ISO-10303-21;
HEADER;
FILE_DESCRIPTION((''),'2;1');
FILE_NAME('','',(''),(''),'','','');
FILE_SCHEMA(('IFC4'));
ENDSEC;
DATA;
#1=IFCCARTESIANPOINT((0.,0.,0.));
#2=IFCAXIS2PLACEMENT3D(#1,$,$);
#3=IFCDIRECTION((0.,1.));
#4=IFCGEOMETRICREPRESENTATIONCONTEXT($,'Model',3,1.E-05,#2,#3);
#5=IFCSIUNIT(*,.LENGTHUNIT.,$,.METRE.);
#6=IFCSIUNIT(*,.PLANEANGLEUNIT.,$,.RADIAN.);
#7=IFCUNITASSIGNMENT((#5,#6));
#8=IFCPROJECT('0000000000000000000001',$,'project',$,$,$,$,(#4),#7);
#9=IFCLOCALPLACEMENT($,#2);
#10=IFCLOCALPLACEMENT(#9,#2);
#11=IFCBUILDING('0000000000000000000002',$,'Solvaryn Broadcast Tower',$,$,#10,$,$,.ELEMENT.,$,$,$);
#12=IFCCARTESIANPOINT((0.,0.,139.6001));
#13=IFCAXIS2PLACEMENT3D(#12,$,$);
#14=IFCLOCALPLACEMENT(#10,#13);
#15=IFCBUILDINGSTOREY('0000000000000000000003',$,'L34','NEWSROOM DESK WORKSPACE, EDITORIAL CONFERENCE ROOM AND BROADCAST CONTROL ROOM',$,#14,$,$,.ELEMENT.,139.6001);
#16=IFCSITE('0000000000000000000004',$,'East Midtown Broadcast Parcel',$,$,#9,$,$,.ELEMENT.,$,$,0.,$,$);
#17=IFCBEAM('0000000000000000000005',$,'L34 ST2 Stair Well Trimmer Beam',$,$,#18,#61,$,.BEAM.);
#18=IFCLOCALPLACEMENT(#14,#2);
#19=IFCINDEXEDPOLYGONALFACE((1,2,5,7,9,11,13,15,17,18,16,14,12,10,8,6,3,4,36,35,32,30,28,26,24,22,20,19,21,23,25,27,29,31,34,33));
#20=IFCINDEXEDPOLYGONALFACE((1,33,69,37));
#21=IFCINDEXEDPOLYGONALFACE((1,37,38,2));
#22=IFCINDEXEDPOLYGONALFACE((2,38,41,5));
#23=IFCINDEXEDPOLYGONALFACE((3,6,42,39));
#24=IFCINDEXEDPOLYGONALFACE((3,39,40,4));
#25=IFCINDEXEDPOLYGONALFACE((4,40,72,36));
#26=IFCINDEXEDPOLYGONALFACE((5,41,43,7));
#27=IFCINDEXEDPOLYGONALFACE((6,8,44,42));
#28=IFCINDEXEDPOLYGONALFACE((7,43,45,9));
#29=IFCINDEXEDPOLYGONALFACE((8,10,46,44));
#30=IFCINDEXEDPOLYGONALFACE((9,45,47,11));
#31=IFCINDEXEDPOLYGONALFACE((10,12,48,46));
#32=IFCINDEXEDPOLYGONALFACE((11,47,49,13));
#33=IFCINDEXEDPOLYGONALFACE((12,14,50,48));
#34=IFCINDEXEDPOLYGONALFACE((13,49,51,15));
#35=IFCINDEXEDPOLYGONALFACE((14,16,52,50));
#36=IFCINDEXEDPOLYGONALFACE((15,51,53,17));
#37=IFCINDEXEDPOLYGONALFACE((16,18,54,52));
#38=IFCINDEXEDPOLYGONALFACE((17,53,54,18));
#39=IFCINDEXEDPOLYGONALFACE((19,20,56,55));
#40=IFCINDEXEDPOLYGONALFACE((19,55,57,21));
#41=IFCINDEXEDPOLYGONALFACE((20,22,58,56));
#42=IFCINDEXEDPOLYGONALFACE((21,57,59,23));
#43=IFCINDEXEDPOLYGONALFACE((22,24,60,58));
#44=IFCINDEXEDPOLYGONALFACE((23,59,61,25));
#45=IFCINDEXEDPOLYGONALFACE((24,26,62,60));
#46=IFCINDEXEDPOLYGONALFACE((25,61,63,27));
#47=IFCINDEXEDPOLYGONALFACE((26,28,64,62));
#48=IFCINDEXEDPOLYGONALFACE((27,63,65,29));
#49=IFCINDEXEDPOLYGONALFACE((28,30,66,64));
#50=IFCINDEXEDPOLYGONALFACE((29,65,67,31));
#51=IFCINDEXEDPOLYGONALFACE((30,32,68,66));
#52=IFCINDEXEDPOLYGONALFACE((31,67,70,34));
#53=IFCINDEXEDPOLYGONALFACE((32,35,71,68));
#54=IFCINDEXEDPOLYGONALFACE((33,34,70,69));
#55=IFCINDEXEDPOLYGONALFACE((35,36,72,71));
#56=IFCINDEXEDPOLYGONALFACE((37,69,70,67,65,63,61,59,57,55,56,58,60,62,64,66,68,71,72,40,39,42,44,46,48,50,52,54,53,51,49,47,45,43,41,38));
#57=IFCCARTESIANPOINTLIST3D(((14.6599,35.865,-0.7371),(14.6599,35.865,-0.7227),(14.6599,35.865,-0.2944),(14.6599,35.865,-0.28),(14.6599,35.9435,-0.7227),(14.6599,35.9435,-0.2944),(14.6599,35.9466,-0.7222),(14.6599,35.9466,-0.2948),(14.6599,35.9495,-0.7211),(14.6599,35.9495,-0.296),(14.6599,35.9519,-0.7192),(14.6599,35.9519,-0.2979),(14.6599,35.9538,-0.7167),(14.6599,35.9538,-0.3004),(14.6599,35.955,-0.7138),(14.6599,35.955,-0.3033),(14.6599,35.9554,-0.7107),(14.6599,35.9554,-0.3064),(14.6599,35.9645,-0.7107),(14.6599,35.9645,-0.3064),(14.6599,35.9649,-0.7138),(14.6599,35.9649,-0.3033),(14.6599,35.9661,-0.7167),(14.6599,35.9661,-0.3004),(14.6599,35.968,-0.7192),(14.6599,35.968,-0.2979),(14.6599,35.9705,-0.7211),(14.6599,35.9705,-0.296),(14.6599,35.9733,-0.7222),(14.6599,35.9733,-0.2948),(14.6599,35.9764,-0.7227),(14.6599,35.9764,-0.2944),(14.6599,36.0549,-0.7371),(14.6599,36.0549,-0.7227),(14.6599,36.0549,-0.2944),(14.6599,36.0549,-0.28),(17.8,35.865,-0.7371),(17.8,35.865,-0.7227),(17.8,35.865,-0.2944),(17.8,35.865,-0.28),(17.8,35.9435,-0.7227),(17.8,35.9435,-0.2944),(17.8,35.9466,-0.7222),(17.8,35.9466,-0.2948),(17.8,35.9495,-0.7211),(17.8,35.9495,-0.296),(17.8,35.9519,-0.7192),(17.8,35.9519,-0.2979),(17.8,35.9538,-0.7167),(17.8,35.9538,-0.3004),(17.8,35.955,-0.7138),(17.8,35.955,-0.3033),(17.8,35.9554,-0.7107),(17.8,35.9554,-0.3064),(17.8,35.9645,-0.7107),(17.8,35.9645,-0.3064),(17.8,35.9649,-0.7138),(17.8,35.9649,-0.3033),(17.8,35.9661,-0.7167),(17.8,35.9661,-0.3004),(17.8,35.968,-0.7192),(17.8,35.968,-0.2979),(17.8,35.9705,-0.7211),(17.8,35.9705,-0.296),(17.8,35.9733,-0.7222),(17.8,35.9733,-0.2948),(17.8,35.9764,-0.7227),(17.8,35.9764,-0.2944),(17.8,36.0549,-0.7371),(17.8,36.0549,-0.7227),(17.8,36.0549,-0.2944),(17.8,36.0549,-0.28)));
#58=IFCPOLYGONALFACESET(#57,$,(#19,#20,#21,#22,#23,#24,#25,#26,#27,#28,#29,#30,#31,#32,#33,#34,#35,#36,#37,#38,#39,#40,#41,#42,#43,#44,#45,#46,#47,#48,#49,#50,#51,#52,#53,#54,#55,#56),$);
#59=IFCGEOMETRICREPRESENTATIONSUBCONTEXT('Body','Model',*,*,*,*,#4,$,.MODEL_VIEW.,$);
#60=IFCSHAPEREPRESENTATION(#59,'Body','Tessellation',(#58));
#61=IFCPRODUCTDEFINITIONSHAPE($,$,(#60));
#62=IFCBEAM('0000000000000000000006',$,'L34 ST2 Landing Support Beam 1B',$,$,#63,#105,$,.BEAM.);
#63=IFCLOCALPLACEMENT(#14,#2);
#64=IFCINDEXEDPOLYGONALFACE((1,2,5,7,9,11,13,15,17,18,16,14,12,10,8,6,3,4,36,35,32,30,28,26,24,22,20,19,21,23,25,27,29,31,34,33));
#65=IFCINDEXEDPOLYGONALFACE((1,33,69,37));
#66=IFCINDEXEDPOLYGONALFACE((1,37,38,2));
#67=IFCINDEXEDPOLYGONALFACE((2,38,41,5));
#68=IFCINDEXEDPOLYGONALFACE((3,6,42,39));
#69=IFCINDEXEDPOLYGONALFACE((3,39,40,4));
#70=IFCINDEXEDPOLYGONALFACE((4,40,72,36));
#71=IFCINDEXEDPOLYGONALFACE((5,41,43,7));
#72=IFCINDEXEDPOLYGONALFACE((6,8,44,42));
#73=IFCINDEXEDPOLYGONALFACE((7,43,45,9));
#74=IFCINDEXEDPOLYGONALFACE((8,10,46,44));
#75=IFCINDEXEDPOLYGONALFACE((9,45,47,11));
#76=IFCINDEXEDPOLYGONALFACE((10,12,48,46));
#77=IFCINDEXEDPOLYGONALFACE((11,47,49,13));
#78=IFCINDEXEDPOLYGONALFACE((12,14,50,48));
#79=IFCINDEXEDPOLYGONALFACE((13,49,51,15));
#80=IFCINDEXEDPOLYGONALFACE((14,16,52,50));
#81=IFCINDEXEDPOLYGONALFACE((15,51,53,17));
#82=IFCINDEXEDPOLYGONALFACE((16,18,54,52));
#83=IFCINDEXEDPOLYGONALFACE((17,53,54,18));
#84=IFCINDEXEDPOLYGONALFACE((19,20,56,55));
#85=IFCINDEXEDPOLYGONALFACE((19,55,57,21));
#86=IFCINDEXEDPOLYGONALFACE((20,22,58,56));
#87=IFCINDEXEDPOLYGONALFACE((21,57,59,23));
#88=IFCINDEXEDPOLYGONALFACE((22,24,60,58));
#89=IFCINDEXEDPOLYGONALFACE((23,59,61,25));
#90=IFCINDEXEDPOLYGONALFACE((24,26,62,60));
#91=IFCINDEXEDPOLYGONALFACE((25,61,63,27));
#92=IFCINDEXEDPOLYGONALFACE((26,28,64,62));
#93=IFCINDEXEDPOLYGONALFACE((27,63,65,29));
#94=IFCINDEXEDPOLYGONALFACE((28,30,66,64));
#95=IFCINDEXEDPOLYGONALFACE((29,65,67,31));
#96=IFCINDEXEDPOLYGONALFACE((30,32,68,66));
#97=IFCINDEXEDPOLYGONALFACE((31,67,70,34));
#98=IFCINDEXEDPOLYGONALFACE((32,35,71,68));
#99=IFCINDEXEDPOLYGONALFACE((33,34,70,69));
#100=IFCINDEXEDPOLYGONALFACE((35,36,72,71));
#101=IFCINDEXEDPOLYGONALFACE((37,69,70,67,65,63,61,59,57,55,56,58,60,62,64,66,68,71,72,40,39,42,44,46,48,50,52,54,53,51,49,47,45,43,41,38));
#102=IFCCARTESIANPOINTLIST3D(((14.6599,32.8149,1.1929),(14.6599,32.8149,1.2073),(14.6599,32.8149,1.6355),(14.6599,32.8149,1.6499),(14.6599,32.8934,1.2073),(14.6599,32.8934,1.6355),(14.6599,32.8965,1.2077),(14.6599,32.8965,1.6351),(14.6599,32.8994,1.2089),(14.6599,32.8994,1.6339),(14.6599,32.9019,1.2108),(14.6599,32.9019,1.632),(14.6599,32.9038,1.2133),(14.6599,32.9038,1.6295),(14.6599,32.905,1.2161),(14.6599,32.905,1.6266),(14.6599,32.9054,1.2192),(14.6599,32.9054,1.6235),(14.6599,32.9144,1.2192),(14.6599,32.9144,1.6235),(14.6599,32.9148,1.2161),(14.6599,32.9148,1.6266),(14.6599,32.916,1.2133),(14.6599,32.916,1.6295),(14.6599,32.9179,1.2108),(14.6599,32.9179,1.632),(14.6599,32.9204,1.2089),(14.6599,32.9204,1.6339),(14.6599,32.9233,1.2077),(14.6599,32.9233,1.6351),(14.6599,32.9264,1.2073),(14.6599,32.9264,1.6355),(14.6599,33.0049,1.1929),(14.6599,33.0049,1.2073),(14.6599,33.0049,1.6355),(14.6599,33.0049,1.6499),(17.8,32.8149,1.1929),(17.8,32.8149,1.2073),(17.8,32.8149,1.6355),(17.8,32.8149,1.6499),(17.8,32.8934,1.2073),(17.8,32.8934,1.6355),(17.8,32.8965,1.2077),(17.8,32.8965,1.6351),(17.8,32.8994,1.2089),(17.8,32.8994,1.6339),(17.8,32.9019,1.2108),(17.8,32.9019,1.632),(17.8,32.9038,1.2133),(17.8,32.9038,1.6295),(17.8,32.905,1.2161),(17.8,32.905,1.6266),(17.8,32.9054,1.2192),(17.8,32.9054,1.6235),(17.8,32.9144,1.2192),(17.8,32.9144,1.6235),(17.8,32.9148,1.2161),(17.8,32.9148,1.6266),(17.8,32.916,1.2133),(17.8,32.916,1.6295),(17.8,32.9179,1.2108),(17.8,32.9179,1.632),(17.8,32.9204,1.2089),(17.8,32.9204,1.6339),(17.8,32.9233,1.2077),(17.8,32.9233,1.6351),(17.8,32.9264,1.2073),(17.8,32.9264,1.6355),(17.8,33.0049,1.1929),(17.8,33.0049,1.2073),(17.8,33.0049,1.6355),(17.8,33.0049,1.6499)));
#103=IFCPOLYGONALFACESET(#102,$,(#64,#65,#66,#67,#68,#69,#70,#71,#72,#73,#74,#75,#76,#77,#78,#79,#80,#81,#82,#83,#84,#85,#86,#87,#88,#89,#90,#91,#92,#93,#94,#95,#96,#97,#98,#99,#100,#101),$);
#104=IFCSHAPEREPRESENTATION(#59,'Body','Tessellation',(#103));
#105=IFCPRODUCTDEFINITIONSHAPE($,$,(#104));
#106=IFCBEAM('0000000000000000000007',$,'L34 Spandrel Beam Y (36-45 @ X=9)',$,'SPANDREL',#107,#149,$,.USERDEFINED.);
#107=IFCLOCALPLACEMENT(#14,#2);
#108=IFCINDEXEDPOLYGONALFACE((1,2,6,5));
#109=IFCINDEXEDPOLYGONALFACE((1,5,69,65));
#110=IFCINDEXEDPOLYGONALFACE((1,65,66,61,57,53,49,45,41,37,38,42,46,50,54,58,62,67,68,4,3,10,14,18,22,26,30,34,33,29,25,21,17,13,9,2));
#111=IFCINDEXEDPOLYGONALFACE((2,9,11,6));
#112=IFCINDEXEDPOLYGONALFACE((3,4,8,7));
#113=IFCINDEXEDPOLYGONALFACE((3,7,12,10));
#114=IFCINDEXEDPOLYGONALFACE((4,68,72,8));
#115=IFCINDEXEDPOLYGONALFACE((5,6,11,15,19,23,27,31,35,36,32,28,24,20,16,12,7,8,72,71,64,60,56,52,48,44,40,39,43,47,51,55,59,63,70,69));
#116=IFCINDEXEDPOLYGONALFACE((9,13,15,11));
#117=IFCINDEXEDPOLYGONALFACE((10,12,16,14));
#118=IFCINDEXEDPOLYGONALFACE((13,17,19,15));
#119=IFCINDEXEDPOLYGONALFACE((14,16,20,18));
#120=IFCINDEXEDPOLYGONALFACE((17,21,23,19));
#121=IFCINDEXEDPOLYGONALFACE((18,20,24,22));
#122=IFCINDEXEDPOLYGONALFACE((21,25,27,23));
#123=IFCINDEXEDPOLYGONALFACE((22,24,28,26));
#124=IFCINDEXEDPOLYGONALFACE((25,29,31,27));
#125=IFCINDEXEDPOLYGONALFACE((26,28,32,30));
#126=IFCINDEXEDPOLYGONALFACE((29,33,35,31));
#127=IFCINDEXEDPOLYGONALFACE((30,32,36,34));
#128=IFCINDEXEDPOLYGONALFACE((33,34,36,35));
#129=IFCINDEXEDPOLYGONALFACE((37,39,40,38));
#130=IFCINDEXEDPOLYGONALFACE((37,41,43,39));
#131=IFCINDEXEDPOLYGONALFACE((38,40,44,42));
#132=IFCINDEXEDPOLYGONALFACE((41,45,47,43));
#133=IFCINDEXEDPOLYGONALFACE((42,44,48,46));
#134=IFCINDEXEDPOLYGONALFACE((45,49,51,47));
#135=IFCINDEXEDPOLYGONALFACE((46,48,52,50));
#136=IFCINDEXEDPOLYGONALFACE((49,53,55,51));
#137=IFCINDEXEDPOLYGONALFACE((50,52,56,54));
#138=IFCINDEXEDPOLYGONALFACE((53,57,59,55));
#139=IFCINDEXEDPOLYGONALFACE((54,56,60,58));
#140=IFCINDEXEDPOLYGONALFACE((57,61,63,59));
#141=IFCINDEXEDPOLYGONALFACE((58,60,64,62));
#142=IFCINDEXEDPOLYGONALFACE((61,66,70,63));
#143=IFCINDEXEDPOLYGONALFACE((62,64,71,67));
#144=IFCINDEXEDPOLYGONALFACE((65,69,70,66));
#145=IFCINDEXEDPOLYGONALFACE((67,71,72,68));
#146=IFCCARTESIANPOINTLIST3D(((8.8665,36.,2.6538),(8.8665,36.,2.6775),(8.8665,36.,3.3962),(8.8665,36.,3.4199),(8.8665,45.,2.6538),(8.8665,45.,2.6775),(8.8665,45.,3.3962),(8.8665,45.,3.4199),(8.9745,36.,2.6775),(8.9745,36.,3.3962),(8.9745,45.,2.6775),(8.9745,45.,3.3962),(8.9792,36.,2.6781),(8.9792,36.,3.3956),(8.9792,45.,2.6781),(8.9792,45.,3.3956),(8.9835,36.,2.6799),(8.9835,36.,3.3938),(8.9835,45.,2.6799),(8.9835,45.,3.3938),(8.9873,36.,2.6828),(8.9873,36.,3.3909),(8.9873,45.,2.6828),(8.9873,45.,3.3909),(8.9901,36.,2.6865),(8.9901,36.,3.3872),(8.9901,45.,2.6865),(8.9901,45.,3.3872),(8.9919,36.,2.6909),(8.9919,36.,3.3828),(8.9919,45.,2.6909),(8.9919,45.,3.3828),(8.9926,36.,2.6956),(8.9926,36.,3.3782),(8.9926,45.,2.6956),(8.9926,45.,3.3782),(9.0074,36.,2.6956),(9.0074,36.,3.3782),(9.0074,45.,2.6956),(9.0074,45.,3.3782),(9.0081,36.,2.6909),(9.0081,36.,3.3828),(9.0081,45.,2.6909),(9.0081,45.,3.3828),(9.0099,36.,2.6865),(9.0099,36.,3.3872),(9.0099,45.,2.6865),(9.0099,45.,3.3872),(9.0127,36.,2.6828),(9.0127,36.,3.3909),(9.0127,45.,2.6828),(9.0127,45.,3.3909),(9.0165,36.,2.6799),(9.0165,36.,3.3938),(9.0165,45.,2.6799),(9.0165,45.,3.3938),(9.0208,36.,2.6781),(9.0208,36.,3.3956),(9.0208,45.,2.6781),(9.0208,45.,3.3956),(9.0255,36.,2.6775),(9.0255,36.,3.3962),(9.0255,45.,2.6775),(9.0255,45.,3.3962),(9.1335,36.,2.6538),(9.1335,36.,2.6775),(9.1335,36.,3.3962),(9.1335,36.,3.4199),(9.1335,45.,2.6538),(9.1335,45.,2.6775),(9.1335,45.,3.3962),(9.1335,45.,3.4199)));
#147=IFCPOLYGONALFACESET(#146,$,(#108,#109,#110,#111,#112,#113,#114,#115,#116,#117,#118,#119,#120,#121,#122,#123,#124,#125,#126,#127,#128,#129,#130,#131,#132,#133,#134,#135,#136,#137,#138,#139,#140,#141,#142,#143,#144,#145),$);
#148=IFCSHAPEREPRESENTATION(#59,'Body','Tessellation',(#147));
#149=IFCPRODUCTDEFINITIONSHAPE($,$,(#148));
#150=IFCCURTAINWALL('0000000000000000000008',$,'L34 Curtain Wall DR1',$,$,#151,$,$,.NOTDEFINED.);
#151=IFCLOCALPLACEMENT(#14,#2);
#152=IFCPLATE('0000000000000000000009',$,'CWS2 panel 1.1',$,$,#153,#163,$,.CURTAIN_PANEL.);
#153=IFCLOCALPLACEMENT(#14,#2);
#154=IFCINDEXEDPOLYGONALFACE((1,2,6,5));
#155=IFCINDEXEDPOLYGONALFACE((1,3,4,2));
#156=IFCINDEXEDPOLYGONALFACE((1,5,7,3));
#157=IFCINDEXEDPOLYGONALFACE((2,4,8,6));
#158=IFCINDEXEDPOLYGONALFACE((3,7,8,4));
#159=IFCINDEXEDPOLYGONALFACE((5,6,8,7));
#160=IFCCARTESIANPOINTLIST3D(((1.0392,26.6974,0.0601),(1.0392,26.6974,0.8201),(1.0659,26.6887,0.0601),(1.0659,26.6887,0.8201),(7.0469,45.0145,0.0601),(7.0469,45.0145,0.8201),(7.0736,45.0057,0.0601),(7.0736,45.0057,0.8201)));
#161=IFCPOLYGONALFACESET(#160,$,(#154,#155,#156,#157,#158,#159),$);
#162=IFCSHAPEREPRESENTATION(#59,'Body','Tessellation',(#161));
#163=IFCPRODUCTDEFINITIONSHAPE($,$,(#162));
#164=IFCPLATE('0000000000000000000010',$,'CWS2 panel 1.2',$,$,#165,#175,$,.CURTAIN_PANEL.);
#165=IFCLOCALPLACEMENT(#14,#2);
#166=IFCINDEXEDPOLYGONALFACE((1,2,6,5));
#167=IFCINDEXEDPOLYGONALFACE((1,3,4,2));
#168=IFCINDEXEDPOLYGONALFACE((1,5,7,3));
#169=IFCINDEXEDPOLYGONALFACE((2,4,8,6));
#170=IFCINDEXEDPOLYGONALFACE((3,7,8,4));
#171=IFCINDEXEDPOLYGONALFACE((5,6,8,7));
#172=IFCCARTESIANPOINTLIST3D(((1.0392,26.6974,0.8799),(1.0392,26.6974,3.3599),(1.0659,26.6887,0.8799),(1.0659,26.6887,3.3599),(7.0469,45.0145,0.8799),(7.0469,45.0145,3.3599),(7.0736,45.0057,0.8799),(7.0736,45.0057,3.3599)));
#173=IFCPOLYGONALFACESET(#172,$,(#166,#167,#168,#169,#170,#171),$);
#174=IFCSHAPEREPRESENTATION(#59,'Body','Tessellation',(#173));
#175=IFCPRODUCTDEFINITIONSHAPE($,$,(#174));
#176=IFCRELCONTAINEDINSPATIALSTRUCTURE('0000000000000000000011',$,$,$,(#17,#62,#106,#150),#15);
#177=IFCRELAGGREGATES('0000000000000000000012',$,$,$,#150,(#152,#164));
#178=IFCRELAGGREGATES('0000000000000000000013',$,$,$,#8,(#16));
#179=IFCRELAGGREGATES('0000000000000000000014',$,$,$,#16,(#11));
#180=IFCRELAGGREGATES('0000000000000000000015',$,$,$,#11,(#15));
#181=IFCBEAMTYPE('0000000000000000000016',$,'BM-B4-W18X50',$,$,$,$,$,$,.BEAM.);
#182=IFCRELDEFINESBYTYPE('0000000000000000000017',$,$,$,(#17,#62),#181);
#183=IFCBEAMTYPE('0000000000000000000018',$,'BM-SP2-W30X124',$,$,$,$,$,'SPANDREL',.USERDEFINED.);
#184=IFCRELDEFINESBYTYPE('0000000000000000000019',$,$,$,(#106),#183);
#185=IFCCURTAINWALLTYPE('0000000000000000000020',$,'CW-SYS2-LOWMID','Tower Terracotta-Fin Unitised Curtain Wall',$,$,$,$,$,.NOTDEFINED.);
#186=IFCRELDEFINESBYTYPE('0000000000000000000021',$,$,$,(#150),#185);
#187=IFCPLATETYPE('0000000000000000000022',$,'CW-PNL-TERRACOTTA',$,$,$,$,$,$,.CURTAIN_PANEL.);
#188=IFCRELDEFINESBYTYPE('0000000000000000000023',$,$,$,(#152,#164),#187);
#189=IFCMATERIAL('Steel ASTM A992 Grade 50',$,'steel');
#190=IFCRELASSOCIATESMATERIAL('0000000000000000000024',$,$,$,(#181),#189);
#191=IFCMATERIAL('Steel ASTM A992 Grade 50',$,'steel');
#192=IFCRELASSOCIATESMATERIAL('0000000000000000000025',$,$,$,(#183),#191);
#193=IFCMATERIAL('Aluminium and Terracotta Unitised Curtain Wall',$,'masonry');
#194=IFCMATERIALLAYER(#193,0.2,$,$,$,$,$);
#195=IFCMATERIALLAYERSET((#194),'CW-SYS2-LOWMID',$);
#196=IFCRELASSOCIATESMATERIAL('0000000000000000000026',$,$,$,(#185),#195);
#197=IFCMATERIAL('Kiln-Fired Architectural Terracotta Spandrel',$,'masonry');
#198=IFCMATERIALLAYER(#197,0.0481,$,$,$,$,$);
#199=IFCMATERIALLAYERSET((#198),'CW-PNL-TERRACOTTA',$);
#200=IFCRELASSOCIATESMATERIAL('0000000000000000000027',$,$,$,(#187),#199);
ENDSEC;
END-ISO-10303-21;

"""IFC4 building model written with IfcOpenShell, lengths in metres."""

from ifc_helpers import new_model, si_unit, direction, frame, origin, origin_2d, place, context, subcontext, project, spatial, rectangle, i_section, extrude, material, layer, layer_set, material_profile, profile_set, type_object, element, aggregate, save


model = new_model("IFC4")

# Units and contexts
model_context = context("Model", 3, precision=1e-05, world=origin(), true_north=direction((0.0, 1.0)))
body_context = subcontext(model_context, "Body", "Model", "MODEL_VIEW")
ifc_project = project(units=[si_unit("LENGTHUNIT", "METRE"), si_unit("PLANEANGLEUNIT", "RADIAN")], contexts=[model_context])

# Site, building, storey
site_placement = place(None, origin())
site = spatial("IfcSite", under=ifc_project, at=site_placement, Name="East Midtown Broadcast Parcel", CompositionType="ELEMENT", RefElevation=0.0)
building_placement = place(site_placement, origin())
building = spatial("IfcBuilding", under=site, at=building_placement, Name="Solvaryn Broadcast Tower", CompositionType="ELEMENT")
storey_placement = place(building_placement, frame((0.0, 0.0, 139.6001)))
storey = spatial("IfcBuildingStorey", under=building, at=storey_placement, Name="L34", Description="NEWSROOM DESK WORKSPACE, EDITORIAL CONFERENCE ROOM AND BROADCAST CONTROL ROOM", CompositionType="ELEMENT", Elevation=139.6001)

# Beams
ifc_material_1 = material(Name="Steel ASTM A992 Grade 50", Category="steel")
ifc_material_profile_1 = material_profile(ifc_material_1, i_section(OverallWidth=0.1899, OverallDepth=0.457, WebThickness=0.009, FlangeThickness=0.0144, FilletRadius=0.012, at=origin_2d()))
ifc_profile_set_1 = profile_set([ifc_material_profile_1], Name="Steel ASTM A992 Grade 50")
beam_type_1 = type_object("IfcBeamType", Name="BM-B4-W18X50", PredefinedType="BEAM", material=ifc_profile_set_1)
for number, where, z_axis, x_axis, name in (
    (1, (14.6599, 35.96, -0.5085), (1.0, 0.0, 0.0), (0.0, 1.0, 0.0), "L34 ST2 Stair Well Trimmer Beam"),
    (2, (14.6599, 32.9099, 1.4214), (1.0, 0.0, 0.0), (0.0, 1.0, 0.0), "L34 ST2 Landing Support Beam 1B"),
):
    element("IfcBeam", number, at=place(storey_placement, frame(where, z_axis=z_axis, x_axis=x_axis)), inside=storey, type_object=beam_type_1, Name=name, PredefinedType="BEAM", context=body_context, shape_type="SweptSolid", body=[
        extrude(i_section(OverallWidth=0.1899, OverallDepth=0.457, WebThickness=0.009, FlangeThickness=0.0144, FilletRadius=0.012, at=origin_2d()), origin(), (0.0, 0.0, 1.0), 3.1401),
    ])
ifc_material_2 = material(Name="Steel ASTM A992 Grade 50", Category="steel")
ifc_material_profile_2 = material_profile(ifc_material_2, i_section(OverallWidth=0.2671, OverallDepth=0.7661, WebThickness=0.0149, FlangeThickness=0.0237, FilletRadius=0.0181, at=origin_2d()))
ifc_profile_set_2 = profile_set([ifc_material_profile_2], Name="Steel ASTM A992 Grade 50")
beam_type_2 = type_object("IfcBeamType", Name="BM-SP2-W30X124", ElementType="SPANDREL", PredefinedType="USERDEFINED", material=ifc_profile_set_2)
beam_1_placement = place(storey_placement, frame((9.0, 36.0, 3.0369), z_axis=(0.0, 1.0, 0.0), x_axis=(-1.0, 0.0, 0.0)))
element("IfcBeam", 3, at=beam_1_placement, inside=storey, type_object=beam_type_2, Name="L34 Spandrel Beam Y (36-45 @ X=9)", ObjectType="SPANDREL", PredefinedType="USERDEFINED", context=body_context, shape_type="SweptSolid", body=[
    extrude(i_section(OverallWidth=0.2671, OverallDepth=0.7661, WebThickness=0.0149, FlangeThickness=0.0237, FilletRadius=0.0181, at=origin_2d()), origin(), (0.0, 0.0, 1.0), 9.0),
])

# Curtain wall, plates
ifc_material_3 = material(Name="Aluminium and Terracotta Unitised Curtain Wall", Category="masonry")
ifc_layer_1 = layer(ifc_material_3, 0.2)
ifc_layer_set_1 = layer_set([ifc_layer_1], Name="CW-SYS2-LOWMID")
curtain_wall_type = type_object("IfcCurtainWallType", Name="CW-SYS2-LOWMID", Description="Tower Terracotta-Fin Unitised Curtain Wall", PredefinedType="NOTDEFINED", material=ifc_layer_set_1)
curtain_wall_placement = place(storey_placement, origin())
curtain_wall = element("IfcCurtainWall", 4, at=curtain_wall_placement, inside=storey, type_object=curtain_wall_type, Name="L34 Curtain Wall DR1", PredefinedType="NOTDEFINED")
ifc_material_4 = material(Name="Kiln-Fired Architectural Terracotta Spandrel", Category="masonry")
ifc_layer_2 = layer(ifc_material_4, 0.0481)
ifc_layer_set_2 = layer_set([ifc_layer_2], Name="CW-PNL-TERRACOTTA")
plate_type = type_object("IfcPlateType", Name="CW-PNL-TERRACOTTA", PredefinedType="CURTAIN_PANEL", material=ifc_layer_set_2)
plate_1_placement = place(storey_placement, frame((4.0564, 35.8516, 0.0601), z_axis=(0.0, 0.0, 1.0), x_axis=(-0.311646, -0.950198, 0.0)))
plate_1 = element("IfcPlate", 5, at=plate_1_placement, type_object=plate_type, Name="CWS2 panel 1.1", PredefinedType="CURTAIN_PANEL", context=body_context, shape_type="SweptSolid", body=[
    extrude(rectangle(XDim=19.2771, YDim=0.0281, at=origin_2d()), origin(), (0.0, 0.0, 1.0), 0.76),
])
plate_2_placement = place(storey_placement, frame((4.0564, 35.8516, 0.8799), z_axis=(0.0, 0.0, 1.0), x_axis=(-0.311646, -0.950198, 0.0)))
plate_2 = element("IfcPlate", 6, at=plate_2_placement, type_object=plate_type, Name="CWS2 panel 1.2", PredefinedType="CURTAIN_PANEL", context=body_context, shape_type="SweptSolid", body=[
    extrude(rectangle(XDim=19.2771, YDim=0.0281, at=origin_2d()), origin(), (0.0, 0.0, 1.0), 2.48),
])
aggregate(curtain_wall, [plate_1, plate_2])

save(model, "model.ifc")
